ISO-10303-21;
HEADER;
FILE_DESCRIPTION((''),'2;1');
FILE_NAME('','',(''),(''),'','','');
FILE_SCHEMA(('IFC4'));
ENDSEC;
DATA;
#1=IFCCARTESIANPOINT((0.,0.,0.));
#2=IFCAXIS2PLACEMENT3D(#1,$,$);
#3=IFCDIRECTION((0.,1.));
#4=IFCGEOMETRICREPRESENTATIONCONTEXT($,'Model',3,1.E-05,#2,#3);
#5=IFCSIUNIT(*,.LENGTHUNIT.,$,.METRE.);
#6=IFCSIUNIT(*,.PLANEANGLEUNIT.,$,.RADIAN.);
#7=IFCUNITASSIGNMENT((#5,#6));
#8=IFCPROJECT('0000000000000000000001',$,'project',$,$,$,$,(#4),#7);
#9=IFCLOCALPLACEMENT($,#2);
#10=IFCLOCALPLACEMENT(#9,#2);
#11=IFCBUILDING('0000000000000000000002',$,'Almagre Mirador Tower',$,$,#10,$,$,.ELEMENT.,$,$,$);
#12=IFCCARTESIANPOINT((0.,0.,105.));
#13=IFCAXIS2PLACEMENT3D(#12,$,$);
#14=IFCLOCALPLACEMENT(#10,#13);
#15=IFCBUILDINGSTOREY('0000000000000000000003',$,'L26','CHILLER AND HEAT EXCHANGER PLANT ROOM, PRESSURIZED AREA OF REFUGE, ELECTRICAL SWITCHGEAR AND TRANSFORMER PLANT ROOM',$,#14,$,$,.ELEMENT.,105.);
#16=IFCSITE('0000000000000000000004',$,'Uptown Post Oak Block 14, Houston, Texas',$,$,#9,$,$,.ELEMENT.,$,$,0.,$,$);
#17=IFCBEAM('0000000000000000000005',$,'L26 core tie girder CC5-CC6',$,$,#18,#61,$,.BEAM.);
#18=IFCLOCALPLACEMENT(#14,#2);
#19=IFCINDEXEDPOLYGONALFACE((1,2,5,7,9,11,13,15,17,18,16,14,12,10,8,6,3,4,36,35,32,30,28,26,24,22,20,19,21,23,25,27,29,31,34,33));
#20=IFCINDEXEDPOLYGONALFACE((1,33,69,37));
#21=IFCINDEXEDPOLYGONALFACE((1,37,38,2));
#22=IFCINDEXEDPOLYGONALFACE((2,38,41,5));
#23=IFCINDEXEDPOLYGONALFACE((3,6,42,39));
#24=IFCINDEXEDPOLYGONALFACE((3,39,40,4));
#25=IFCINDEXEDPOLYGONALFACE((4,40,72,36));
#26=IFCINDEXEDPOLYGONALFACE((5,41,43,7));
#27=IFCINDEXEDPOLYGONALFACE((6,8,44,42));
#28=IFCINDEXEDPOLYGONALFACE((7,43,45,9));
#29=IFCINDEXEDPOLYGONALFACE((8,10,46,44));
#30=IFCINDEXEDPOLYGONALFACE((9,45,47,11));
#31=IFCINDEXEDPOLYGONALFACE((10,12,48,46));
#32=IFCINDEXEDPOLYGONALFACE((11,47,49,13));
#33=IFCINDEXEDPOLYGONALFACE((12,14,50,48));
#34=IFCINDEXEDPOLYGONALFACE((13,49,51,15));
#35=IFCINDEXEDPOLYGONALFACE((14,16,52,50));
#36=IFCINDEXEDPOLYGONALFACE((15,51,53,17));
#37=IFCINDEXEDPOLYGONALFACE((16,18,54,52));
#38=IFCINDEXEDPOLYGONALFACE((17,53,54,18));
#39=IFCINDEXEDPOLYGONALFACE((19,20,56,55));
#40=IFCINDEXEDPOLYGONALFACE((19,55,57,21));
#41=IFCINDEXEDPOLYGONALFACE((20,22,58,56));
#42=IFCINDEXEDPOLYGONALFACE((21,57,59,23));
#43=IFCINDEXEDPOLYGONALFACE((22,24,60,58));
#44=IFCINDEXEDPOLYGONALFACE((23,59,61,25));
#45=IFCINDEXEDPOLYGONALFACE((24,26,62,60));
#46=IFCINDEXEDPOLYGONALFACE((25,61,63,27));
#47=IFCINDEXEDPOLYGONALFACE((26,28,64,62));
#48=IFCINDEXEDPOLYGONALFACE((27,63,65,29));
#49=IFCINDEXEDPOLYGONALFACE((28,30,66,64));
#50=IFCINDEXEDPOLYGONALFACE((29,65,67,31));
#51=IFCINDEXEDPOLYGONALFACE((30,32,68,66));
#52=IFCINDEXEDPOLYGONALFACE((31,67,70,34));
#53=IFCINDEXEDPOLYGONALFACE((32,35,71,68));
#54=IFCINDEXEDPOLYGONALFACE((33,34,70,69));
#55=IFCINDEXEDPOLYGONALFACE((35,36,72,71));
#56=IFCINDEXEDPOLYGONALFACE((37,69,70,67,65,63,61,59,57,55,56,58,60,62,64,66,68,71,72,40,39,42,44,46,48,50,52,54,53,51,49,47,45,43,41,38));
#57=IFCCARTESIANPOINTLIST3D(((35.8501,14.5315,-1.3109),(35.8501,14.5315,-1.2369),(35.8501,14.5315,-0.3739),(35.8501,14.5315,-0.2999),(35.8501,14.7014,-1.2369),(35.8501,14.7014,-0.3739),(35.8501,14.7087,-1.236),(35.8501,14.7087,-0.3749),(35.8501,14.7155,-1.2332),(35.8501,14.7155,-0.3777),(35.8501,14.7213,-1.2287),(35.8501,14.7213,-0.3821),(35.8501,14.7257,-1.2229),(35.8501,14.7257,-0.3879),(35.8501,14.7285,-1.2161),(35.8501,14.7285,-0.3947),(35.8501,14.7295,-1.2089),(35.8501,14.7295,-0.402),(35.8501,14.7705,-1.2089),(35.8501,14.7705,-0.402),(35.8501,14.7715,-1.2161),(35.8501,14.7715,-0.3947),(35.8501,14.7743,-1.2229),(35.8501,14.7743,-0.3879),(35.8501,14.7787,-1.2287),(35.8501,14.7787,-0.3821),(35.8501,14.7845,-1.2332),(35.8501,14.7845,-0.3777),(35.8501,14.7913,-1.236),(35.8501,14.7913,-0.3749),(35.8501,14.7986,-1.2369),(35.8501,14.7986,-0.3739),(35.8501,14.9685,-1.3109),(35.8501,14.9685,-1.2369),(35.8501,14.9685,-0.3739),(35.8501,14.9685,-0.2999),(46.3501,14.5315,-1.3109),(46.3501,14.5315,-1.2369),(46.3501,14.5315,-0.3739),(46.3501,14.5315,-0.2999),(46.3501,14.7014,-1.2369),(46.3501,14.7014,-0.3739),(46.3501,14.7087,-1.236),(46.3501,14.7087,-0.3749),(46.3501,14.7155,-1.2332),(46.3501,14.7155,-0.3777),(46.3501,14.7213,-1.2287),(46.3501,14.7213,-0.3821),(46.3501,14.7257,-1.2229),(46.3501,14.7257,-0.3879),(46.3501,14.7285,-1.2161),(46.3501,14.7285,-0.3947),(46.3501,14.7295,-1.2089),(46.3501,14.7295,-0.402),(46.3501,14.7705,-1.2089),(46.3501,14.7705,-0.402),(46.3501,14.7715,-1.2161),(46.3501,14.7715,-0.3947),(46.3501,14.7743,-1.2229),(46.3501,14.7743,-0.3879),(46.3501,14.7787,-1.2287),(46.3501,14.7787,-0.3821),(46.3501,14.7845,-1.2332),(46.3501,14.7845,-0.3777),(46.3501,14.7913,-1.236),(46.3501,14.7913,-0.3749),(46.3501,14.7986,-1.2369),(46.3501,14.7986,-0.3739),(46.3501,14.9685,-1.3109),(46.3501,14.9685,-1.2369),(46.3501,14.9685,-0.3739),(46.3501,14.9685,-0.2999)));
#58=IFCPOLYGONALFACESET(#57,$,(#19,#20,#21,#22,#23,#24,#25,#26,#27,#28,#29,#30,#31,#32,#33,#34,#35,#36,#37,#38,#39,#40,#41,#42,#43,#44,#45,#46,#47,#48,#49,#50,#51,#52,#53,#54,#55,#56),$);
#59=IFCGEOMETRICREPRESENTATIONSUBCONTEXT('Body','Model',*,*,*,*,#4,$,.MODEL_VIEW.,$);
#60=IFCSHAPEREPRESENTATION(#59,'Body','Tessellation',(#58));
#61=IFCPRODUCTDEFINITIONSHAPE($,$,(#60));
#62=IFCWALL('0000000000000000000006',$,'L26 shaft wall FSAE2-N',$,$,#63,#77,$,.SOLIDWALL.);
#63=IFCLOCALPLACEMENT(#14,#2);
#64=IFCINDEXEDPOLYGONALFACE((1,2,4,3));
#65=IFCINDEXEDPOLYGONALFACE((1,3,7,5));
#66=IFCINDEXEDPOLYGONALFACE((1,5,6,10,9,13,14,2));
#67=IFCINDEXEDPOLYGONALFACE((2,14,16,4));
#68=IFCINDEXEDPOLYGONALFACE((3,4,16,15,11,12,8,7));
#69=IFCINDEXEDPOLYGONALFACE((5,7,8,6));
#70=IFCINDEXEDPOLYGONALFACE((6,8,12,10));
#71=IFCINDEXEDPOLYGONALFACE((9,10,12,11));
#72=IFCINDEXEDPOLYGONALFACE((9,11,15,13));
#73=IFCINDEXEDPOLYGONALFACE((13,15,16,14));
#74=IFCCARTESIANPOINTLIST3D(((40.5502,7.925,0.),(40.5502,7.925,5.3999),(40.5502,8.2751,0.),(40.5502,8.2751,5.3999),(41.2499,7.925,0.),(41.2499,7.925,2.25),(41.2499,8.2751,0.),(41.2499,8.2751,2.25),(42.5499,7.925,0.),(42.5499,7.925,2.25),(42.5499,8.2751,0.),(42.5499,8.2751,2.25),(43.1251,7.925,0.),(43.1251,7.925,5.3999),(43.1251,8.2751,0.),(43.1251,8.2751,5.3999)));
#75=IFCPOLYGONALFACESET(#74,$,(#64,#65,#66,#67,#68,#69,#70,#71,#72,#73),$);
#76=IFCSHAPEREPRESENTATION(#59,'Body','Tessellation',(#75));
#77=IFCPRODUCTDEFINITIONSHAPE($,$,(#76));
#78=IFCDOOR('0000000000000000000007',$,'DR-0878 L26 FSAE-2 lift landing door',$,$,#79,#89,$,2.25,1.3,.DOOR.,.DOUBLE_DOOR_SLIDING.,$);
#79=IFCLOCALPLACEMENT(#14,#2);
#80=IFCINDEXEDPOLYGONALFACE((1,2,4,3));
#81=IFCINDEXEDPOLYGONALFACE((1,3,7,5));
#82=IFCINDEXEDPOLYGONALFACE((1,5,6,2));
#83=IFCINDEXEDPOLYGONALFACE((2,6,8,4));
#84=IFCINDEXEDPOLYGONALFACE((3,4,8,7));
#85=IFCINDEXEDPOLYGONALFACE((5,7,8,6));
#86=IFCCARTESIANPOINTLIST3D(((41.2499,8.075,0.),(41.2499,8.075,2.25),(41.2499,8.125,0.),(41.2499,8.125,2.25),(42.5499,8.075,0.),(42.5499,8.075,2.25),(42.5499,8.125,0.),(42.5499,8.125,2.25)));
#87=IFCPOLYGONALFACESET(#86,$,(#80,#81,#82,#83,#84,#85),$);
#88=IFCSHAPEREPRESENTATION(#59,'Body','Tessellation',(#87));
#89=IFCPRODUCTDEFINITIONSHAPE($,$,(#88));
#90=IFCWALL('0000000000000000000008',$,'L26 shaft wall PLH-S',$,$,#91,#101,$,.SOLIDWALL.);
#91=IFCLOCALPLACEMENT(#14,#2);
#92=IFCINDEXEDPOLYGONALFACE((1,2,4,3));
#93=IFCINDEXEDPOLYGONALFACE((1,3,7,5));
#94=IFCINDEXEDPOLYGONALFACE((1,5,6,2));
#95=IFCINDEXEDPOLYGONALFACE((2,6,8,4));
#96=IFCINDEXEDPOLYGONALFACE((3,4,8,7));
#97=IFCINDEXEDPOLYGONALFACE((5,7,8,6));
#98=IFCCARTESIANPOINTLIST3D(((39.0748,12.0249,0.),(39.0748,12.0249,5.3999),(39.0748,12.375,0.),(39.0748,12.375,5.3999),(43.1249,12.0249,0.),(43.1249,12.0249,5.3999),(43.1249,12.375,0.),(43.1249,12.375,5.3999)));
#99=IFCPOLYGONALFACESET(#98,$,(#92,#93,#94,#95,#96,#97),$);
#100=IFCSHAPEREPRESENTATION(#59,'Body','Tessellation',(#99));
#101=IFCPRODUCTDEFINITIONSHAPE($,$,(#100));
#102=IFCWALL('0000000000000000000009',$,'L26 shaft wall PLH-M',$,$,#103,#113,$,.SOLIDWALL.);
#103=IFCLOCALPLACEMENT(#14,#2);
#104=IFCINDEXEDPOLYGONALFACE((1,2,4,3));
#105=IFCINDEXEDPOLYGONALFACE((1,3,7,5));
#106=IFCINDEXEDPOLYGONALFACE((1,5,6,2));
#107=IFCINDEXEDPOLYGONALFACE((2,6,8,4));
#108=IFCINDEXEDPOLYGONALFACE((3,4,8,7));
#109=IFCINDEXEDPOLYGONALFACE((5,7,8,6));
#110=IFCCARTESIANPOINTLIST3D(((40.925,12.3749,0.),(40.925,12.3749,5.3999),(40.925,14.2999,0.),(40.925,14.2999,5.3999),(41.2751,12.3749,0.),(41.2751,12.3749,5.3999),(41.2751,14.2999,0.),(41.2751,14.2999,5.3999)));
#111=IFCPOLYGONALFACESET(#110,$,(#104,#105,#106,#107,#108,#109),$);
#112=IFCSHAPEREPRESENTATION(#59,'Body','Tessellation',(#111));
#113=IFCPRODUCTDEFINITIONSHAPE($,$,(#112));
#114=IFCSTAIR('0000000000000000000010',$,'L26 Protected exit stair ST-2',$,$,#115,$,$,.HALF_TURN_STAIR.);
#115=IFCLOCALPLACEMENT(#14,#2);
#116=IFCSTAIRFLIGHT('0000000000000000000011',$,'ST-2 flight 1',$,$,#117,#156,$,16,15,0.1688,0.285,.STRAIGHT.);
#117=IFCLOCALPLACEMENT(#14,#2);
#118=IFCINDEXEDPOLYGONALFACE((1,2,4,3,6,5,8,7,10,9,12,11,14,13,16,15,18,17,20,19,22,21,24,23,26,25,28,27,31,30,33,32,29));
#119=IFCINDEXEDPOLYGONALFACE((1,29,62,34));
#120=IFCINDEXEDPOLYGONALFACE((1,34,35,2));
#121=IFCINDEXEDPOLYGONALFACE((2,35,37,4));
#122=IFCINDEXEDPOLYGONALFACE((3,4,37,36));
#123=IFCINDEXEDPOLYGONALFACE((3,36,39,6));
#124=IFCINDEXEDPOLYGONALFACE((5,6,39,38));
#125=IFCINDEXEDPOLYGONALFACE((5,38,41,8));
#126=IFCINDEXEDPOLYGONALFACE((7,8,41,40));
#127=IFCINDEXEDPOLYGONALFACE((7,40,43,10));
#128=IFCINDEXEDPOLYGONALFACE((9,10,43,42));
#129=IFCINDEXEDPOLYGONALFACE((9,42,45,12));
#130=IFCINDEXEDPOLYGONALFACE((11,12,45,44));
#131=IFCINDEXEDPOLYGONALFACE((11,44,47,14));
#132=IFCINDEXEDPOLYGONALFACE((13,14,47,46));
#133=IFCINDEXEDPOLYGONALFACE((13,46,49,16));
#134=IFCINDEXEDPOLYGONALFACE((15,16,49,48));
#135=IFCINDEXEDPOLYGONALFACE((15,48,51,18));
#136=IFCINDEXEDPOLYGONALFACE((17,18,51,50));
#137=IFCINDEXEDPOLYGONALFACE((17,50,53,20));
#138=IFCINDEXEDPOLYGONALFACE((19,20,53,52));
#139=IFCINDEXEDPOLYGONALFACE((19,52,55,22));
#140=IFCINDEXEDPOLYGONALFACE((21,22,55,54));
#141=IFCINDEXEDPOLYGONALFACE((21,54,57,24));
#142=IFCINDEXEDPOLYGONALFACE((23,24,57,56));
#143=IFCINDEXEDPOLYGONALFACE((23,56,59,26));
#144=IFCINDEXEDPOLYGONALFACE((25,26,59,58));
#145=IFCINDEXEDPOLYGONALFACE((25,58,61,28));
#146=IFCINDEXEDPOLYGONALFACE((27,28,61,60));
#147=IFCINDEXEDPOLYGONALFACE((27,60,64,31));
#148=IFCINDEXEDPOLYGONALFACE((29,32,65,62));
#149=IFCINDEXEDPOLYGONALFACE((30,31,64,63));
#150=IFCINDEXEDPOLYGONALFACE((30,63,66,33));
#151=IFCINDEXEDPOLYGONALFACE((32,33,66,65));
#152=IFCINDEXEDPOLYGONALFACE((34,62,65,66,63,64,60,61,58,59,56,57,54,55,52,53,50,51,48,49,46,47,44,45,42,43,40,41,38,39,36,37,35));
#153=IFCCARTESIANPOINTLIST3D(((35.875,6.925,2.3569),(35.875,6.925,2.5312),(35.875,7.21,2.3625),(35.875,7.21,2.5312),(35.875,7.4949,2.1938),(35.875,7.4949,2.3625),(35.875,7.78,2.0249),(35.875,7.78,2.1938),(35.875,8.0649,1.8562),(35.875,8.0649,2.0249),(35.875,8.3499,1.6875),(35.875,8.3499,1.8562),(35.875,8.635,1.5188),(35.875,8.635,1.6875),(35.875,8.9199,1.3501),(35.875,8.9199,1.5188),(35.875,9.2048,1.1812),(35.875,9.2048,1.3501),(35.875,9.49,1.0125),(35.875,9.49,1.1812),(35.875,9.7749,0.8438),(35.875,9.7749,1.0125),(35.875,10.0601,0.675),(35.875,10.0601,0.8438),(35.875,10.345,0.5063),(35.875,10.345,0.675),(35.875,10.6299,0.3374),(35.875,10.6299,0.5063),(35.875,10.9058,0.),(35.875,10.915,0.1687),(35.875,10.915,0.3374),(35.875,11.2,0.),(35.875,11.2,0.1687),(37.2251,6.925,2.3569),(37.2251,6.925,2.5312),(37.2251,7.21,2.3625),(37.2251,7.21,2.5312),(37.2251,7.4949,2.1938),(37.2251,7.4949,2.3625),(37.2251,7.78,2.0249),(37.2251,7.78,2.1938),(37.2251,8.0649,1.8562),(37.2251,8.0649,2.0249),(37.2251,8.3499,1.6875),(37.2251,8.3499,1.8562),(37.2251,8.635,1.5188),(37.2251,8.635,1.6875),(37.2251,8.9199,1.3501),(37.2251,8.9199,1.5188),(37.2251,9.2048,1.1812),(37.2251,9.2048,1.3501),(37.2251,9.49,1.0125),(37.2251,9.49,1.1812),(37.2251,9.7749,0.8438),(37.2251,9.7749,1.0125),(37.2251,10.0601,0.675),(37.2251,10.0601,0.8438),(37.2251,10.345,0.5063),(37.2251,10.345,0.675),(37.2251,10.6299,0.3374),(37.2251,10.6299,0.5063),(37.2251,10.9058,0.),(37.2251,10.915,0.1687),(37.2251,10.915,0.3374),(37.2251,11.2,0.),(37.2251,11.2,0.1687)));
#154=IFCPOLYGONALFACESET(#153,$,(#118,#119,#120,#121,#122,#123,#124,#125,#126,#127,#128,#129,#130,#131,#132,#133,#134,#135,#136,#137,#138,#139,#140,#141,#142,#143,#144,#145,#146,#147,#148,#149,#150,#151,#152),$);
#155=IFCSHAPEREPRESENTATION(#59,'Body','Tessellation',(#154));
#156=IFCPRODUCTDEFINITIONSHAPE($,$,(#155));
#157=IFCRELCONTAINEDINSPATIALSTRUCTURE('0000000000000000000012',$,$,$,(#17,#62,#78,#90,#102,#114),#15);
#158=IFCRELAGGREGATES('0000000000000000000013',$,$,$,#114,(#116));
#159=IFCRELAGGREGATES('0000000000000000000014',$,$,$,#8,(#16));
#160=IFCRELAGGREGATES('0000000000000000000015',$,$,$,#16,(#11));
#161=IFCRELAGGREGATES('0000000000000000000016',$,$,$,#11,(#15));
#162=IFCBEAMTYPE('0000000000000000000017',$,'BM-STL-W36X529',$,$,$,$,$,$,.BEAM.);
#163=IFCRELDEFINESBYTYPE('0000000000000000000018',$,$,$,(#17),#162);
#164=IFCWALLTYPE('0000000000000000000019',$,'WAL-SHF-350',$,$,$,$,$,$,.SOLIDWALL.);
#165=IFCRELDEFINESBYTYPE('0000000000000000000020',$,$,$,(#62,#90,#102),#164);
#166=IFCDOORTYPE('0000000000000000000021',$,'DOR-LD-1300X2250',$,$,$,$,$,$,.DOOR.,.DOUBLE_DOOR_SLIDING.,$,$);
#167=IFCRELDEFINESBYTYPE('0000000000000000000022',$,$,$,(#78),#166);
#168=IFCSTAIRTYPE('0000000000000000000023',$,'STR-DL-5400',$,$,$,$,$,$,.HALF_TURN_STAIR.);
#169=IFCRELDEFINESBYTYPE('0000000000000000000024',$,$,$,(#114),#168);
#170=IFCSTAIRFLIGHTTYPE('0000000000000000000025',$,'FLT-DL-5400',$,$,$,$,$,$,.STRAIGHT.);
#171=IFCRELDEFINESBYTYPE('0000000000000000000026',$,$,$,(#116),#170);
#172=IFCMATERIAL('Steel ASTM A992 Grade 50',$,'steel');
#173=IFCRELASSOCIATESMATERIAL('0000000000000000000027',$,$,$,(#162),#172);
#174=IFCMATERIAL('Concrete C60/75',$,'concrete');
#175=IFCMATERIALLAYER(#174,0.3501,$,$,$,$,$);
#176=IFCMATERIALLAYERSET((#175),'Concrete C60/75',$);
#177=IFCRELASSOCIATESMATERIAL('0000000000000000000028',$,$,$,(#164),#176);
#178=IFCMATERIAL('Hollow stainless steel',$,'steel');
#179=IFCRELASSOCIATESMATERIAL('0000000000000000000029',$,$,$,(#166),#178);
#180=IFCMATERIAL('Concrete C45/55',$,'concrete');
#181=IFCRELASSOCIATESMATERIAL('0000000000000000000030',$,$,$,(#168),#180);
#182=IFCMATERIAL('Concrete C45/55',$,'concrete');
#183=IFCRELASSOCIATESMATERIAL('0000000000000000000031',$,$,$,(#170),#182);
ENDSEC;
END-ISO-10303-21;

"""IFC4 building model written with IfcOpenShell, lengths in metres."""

from ifc_helpers import new_model, si_unit, direction, frame, frame_2d, origin, origin_2d, place, context, subcontext, project, spatial, polyline, rectangle, i_section, outline, extrude, material, layer, layer_set, material_profile, profile_set, type_object, element, fill, aggregate, save


model = new_model("IFC4")

# Units and contexts
model_context = context("Model", 3, precision=1e-05, world=origin(), true_north=direction((0.0, 1.0)))
body_context = subcontext(model_context, "Body", "Model", "MODEL_VIEW")
ifc_project = project(units=[si_unit("LENGTHUNIT", "METRE"), si_unit("PLANEANGLEUNIT", "RADIAN")], contexts=[model_context])

# Site, building, storey
site_placement = place(None, origin())
site = spatial("IfcSite", under=ifc_project, at=site_placement, Name="Uptown Post Oak Block 14, Houston, Texas", CompositionType="ELEMENT", RefElevation=0.0)
building_placement = place(site_placement, origin())
building = spatial("IfcBuilding", under=site, at=building_placement, Name="Almagre Mirador Tower", CompositionType="ELEMENT")
storey_placement = place(building_placement, frame((0.0, 0.0, 105.0)))
storey = spatial("IfcBuildingStorey", under=building, at=storey_placement, Name="L26", Description="CHILLER AND HEAT EXCHANGER PLANT ROOM, PRESSURIZED AREA OF REFUGE, ELECTRICAL SWITCHGEAR AND TRANSFORMER PLANT ROOM", CompositionType="ELEMENT", Elevation=105.0)

# Beam
ifc_material_1 = material(Name="Steel ASTM A992 Grade 50", Category="steel")
ifc_material_profile = material_profile(ifc_material_1, i_section(OverallWidth=0.437, OverallDepth=1.011, WebThickness=0.041, FlangeThickness=0.074, FilletRadius=0.0281, at=origin_2d()), Name="W36X529")
ifc_profile_set = profile_set([ifc_material_profile], Name="Steel ASTM A992 Grade 50")
beam_type = type_object("IfcBeamType", Name="BM-STL-W36X529", PredefinedType="BEAM", material=ifc_profile_set)
beam_placement = place(storey_placement, frame((35.8501, 14.75, -0.8054), z_axis=(1.0, 0.0, 0.0), x_axis=(0.0, 1.0, 0.0)))
element("IfcBeam", 1, at=beam_placement, inside=storey, type_object=beam_type, Name="L26 core tie girder CC5-CC6", PredefinedType="BEAM", context=body_context, shape_type="SweptSolid", body=[
    extrude(i_section(OverallWidth=0.437, OverallDepth=1.011, WebThickness=0.041, FlangeThickness=0.074, FilletRadius=0.0281, at=origin_2d()), origin(), (0.0, 0.0, 1.0), 10.5),
])

# Wall, opening, door
ifc_material_2 = material(Name="Concrete C60/75", Category="concrete")
ifc_layer_1 = layer(ifc_material_2, 0.3501)
ifc_layer_set_1 = layer_set([ifc_layer_1], Name="Concrete C60/75")
wall_type_1 = type_object("IfcWallType", Name="WAL-SHF-350", PredefinedType="SOLIDWALL", material=ifc_layer_set_1)
wall_1_placement = place(storey_placement, frame((40.55, 8.1001, 0.0), z_axis=(0.0, 0.0, 1.0), x_axis=(1.0, 0.0, 0.0)))
wall_1 = element("IfcWall", 2, at=wall_1_placement, inside=storey, type_object=wall_type_1, Name="L26 shaft wall FSAE2-N", PredefinedType="SOLIDWALL", context=body_context, shape_type="SweptSolid", body=[
    extrude(rectangle(XDim=2.575, YDim=0.3501, at=frame_2d((1.2876, 0.0))), origin(), (0.0, 0.0, 1.0), 5.3999),
])
opening_1_placement = place(wall_1_placement, frame((0.7, 0.0, 0.0)))
opening_1 = element("IfcOpeningElement", 3, at=opening_1_placement, cuts=wall_1, PredefinedType="OPENING", context=body_context, shape_type="SweptSolid", body=[
    extrude(rectangle(XDim=1.3, YDim=2.25, at=frame_2d((0.6499, 1.125))), frame((0.0, 0.185, 0.0), z_axis=(0.0, -1.0, 0.0), x_axis=(1.0, 0.0, 0.0)), (0.0, 0.0, 1.0), 0.3701),
])
ifc_material_3 = material(Name="Hollow stainless steel", Category="steel")
door_type_1 = type_object("IfcDoorType", Name="DOR-LD-1300X2250", OperationType="DOUBLE_DOOR_SLIDING", PredefinedType="DOOR", material=ifc_material_3)
door_1_placement = place(opening_1_placement, origin())
door_1 = element("IfcDoor", 4, at=door_1_placement, inside=storey, type_object=door_type_1, Name="DR-0878 L26 FSAE-2 lift landing door", OperationType="DOUBLE_DOOR_SLIDING", OverallHeight=2.25, OverallWidth=1.3, PredefinedType="DOOR", context=body_context, shape_type="SweptSolid", body=[
    extrude(rectangle(XDim=1.3, YDim=2.25, at=frame_2d((0.6499, 1.125))), frame((0.0, 0.0249, 0.0), z_axis=(0.0, -1.0, 0.0), x_axis=(1.0, 0.0, 0.0)), (0.0, 0.0, 1.0), 0.05),
])
fill(opening_1, door_1)

# Walls
wall_2_placement = place(storey_placement, frame((39.075, 12.2, 0.0), z_axis=(0.0, 0.0, 1.0), x_axis=(1.0, 0.0, 0.0)))
element("IfcWall", 5, at=wall_2_placement, inside=storey, type_object=wall_type_1, Name="L26 shaft wall PLH-S", PredefinedType="SOLIDWALL", context=body_context, shape_type="SweptSolid", body=[
    extrude(rectangle(XDim=4.05, YDim=0.3501, at=frame_2d((2.0249, 0.0))), origin(), (0.0, 0.0, 1.0), 5.3999),
])
wall_3_placement = place(storey_placement, frame((41.1001, 12.375, 0.0), z_axis=(0.0, 0.0, 1.0), x_axis=(0.0, 1.0, 0.0)))
element("IfcWall", 6, at=wall_3_placement, inside=storey, type_object=wall_type_1, Name="L26 shaft wall PLH-M", PredefinedType="SOLIDWALL", context=body_context, shape_type="SweptSolid", body=[
    extrude(rectangle(XDim=1.925, YDim=0.3501, at=frame_2d((0.9624, 0.0))), origin(), (0.0, 0.0, 1.0), 5.3999),
])

# Stair, stair flight
ifc_material_4 = material(Name="Concrete C45/55", Category="concrete")
stair_type = type_object("IfcStairType", Name="STR-DL-5400", PredefinedType="HALF_TURN_STAIR", material=ifc_material_4)
stair_1_placement = place(storey_placement, origin())
stair_1 = element("IfcStair", 7, at=stair_1_placement, inside=storey, type_object=stair_type, Name="L26 Protected exit stair ST-2", PredefinedType="HALF_TURN_STAIR")
ifc_material_5 = material(Name="Concrete C45/55", Category="concrete")
stair_flight_type = type_object("IfcStairFlightType", Name="FLT-DL-5400", PredefinedType="STRAIGHT", material=ifc_material_5)
stair_flight_1_placement = place(storey_placement, frame((36.55, 11.2, 0.0), z_axis=(0.0, 0.0, 1.0), x_axis=(0.0, -1.0, 0.0)))
stair_flight_1 = element("IfcStairFlight", 8, at=stair_flight_1_placement, type_object=stair_flight_type, Name="ST-2 flight 1", NumberOfRisers=16, NumberOfTreads=15, PredefinedType="STRAIGHT", RiserHeight=0.1688, TreadLength=0.285, context=body_context, shape_type="SweptSolid", body=[
    extrude(outline(polyline([(0.0, 0.0), (0.0, 0.1687), (0.2849, 0.1687), (0.2849, 0.3374), (0.5701, 0.3374), (0.5701, 0.5063), (0.855, 0.5063), (0.855, 0.675), (1.1399, 0.675), (1.1399, 0.8438), (1.425, 0.8438), (1.425, 1.0125), (1.71, 1.0125), (1.71, 1.1812), (1.9951, 1.1812), (1.9951, 1.3501), (2.28, 1.3501), (2.28, 1.5188), (2.5649, 1.5188), (2.5649, 1.6875), (2.8501, 1.6875), (2.8501, 1.8562), (3.135, 1.8562), (3.135, 2.0249), (3.4199, 2.0249), (3.4199, 2.1938), (3.7051, 2.1938), (3.7051, 2.3625), (3.99, 2.3625), (3.99, 2.5312), (4.2749, 2.5312), (4.2749, 2.7), (4.2749, 2.3569), (0.2942, 0.0), (0.0, 0.0)])), frame((0.0, 0.675, 0.0), z_axis=(0.0, -1.0, 0.0), x_axis=(1.0, 0.0, 0.0)), (0.0, 0.0, 1.0), 1.3501),
])
aggregate(stair_1, [stair_flight_1])

save(model, "model.ifc")
